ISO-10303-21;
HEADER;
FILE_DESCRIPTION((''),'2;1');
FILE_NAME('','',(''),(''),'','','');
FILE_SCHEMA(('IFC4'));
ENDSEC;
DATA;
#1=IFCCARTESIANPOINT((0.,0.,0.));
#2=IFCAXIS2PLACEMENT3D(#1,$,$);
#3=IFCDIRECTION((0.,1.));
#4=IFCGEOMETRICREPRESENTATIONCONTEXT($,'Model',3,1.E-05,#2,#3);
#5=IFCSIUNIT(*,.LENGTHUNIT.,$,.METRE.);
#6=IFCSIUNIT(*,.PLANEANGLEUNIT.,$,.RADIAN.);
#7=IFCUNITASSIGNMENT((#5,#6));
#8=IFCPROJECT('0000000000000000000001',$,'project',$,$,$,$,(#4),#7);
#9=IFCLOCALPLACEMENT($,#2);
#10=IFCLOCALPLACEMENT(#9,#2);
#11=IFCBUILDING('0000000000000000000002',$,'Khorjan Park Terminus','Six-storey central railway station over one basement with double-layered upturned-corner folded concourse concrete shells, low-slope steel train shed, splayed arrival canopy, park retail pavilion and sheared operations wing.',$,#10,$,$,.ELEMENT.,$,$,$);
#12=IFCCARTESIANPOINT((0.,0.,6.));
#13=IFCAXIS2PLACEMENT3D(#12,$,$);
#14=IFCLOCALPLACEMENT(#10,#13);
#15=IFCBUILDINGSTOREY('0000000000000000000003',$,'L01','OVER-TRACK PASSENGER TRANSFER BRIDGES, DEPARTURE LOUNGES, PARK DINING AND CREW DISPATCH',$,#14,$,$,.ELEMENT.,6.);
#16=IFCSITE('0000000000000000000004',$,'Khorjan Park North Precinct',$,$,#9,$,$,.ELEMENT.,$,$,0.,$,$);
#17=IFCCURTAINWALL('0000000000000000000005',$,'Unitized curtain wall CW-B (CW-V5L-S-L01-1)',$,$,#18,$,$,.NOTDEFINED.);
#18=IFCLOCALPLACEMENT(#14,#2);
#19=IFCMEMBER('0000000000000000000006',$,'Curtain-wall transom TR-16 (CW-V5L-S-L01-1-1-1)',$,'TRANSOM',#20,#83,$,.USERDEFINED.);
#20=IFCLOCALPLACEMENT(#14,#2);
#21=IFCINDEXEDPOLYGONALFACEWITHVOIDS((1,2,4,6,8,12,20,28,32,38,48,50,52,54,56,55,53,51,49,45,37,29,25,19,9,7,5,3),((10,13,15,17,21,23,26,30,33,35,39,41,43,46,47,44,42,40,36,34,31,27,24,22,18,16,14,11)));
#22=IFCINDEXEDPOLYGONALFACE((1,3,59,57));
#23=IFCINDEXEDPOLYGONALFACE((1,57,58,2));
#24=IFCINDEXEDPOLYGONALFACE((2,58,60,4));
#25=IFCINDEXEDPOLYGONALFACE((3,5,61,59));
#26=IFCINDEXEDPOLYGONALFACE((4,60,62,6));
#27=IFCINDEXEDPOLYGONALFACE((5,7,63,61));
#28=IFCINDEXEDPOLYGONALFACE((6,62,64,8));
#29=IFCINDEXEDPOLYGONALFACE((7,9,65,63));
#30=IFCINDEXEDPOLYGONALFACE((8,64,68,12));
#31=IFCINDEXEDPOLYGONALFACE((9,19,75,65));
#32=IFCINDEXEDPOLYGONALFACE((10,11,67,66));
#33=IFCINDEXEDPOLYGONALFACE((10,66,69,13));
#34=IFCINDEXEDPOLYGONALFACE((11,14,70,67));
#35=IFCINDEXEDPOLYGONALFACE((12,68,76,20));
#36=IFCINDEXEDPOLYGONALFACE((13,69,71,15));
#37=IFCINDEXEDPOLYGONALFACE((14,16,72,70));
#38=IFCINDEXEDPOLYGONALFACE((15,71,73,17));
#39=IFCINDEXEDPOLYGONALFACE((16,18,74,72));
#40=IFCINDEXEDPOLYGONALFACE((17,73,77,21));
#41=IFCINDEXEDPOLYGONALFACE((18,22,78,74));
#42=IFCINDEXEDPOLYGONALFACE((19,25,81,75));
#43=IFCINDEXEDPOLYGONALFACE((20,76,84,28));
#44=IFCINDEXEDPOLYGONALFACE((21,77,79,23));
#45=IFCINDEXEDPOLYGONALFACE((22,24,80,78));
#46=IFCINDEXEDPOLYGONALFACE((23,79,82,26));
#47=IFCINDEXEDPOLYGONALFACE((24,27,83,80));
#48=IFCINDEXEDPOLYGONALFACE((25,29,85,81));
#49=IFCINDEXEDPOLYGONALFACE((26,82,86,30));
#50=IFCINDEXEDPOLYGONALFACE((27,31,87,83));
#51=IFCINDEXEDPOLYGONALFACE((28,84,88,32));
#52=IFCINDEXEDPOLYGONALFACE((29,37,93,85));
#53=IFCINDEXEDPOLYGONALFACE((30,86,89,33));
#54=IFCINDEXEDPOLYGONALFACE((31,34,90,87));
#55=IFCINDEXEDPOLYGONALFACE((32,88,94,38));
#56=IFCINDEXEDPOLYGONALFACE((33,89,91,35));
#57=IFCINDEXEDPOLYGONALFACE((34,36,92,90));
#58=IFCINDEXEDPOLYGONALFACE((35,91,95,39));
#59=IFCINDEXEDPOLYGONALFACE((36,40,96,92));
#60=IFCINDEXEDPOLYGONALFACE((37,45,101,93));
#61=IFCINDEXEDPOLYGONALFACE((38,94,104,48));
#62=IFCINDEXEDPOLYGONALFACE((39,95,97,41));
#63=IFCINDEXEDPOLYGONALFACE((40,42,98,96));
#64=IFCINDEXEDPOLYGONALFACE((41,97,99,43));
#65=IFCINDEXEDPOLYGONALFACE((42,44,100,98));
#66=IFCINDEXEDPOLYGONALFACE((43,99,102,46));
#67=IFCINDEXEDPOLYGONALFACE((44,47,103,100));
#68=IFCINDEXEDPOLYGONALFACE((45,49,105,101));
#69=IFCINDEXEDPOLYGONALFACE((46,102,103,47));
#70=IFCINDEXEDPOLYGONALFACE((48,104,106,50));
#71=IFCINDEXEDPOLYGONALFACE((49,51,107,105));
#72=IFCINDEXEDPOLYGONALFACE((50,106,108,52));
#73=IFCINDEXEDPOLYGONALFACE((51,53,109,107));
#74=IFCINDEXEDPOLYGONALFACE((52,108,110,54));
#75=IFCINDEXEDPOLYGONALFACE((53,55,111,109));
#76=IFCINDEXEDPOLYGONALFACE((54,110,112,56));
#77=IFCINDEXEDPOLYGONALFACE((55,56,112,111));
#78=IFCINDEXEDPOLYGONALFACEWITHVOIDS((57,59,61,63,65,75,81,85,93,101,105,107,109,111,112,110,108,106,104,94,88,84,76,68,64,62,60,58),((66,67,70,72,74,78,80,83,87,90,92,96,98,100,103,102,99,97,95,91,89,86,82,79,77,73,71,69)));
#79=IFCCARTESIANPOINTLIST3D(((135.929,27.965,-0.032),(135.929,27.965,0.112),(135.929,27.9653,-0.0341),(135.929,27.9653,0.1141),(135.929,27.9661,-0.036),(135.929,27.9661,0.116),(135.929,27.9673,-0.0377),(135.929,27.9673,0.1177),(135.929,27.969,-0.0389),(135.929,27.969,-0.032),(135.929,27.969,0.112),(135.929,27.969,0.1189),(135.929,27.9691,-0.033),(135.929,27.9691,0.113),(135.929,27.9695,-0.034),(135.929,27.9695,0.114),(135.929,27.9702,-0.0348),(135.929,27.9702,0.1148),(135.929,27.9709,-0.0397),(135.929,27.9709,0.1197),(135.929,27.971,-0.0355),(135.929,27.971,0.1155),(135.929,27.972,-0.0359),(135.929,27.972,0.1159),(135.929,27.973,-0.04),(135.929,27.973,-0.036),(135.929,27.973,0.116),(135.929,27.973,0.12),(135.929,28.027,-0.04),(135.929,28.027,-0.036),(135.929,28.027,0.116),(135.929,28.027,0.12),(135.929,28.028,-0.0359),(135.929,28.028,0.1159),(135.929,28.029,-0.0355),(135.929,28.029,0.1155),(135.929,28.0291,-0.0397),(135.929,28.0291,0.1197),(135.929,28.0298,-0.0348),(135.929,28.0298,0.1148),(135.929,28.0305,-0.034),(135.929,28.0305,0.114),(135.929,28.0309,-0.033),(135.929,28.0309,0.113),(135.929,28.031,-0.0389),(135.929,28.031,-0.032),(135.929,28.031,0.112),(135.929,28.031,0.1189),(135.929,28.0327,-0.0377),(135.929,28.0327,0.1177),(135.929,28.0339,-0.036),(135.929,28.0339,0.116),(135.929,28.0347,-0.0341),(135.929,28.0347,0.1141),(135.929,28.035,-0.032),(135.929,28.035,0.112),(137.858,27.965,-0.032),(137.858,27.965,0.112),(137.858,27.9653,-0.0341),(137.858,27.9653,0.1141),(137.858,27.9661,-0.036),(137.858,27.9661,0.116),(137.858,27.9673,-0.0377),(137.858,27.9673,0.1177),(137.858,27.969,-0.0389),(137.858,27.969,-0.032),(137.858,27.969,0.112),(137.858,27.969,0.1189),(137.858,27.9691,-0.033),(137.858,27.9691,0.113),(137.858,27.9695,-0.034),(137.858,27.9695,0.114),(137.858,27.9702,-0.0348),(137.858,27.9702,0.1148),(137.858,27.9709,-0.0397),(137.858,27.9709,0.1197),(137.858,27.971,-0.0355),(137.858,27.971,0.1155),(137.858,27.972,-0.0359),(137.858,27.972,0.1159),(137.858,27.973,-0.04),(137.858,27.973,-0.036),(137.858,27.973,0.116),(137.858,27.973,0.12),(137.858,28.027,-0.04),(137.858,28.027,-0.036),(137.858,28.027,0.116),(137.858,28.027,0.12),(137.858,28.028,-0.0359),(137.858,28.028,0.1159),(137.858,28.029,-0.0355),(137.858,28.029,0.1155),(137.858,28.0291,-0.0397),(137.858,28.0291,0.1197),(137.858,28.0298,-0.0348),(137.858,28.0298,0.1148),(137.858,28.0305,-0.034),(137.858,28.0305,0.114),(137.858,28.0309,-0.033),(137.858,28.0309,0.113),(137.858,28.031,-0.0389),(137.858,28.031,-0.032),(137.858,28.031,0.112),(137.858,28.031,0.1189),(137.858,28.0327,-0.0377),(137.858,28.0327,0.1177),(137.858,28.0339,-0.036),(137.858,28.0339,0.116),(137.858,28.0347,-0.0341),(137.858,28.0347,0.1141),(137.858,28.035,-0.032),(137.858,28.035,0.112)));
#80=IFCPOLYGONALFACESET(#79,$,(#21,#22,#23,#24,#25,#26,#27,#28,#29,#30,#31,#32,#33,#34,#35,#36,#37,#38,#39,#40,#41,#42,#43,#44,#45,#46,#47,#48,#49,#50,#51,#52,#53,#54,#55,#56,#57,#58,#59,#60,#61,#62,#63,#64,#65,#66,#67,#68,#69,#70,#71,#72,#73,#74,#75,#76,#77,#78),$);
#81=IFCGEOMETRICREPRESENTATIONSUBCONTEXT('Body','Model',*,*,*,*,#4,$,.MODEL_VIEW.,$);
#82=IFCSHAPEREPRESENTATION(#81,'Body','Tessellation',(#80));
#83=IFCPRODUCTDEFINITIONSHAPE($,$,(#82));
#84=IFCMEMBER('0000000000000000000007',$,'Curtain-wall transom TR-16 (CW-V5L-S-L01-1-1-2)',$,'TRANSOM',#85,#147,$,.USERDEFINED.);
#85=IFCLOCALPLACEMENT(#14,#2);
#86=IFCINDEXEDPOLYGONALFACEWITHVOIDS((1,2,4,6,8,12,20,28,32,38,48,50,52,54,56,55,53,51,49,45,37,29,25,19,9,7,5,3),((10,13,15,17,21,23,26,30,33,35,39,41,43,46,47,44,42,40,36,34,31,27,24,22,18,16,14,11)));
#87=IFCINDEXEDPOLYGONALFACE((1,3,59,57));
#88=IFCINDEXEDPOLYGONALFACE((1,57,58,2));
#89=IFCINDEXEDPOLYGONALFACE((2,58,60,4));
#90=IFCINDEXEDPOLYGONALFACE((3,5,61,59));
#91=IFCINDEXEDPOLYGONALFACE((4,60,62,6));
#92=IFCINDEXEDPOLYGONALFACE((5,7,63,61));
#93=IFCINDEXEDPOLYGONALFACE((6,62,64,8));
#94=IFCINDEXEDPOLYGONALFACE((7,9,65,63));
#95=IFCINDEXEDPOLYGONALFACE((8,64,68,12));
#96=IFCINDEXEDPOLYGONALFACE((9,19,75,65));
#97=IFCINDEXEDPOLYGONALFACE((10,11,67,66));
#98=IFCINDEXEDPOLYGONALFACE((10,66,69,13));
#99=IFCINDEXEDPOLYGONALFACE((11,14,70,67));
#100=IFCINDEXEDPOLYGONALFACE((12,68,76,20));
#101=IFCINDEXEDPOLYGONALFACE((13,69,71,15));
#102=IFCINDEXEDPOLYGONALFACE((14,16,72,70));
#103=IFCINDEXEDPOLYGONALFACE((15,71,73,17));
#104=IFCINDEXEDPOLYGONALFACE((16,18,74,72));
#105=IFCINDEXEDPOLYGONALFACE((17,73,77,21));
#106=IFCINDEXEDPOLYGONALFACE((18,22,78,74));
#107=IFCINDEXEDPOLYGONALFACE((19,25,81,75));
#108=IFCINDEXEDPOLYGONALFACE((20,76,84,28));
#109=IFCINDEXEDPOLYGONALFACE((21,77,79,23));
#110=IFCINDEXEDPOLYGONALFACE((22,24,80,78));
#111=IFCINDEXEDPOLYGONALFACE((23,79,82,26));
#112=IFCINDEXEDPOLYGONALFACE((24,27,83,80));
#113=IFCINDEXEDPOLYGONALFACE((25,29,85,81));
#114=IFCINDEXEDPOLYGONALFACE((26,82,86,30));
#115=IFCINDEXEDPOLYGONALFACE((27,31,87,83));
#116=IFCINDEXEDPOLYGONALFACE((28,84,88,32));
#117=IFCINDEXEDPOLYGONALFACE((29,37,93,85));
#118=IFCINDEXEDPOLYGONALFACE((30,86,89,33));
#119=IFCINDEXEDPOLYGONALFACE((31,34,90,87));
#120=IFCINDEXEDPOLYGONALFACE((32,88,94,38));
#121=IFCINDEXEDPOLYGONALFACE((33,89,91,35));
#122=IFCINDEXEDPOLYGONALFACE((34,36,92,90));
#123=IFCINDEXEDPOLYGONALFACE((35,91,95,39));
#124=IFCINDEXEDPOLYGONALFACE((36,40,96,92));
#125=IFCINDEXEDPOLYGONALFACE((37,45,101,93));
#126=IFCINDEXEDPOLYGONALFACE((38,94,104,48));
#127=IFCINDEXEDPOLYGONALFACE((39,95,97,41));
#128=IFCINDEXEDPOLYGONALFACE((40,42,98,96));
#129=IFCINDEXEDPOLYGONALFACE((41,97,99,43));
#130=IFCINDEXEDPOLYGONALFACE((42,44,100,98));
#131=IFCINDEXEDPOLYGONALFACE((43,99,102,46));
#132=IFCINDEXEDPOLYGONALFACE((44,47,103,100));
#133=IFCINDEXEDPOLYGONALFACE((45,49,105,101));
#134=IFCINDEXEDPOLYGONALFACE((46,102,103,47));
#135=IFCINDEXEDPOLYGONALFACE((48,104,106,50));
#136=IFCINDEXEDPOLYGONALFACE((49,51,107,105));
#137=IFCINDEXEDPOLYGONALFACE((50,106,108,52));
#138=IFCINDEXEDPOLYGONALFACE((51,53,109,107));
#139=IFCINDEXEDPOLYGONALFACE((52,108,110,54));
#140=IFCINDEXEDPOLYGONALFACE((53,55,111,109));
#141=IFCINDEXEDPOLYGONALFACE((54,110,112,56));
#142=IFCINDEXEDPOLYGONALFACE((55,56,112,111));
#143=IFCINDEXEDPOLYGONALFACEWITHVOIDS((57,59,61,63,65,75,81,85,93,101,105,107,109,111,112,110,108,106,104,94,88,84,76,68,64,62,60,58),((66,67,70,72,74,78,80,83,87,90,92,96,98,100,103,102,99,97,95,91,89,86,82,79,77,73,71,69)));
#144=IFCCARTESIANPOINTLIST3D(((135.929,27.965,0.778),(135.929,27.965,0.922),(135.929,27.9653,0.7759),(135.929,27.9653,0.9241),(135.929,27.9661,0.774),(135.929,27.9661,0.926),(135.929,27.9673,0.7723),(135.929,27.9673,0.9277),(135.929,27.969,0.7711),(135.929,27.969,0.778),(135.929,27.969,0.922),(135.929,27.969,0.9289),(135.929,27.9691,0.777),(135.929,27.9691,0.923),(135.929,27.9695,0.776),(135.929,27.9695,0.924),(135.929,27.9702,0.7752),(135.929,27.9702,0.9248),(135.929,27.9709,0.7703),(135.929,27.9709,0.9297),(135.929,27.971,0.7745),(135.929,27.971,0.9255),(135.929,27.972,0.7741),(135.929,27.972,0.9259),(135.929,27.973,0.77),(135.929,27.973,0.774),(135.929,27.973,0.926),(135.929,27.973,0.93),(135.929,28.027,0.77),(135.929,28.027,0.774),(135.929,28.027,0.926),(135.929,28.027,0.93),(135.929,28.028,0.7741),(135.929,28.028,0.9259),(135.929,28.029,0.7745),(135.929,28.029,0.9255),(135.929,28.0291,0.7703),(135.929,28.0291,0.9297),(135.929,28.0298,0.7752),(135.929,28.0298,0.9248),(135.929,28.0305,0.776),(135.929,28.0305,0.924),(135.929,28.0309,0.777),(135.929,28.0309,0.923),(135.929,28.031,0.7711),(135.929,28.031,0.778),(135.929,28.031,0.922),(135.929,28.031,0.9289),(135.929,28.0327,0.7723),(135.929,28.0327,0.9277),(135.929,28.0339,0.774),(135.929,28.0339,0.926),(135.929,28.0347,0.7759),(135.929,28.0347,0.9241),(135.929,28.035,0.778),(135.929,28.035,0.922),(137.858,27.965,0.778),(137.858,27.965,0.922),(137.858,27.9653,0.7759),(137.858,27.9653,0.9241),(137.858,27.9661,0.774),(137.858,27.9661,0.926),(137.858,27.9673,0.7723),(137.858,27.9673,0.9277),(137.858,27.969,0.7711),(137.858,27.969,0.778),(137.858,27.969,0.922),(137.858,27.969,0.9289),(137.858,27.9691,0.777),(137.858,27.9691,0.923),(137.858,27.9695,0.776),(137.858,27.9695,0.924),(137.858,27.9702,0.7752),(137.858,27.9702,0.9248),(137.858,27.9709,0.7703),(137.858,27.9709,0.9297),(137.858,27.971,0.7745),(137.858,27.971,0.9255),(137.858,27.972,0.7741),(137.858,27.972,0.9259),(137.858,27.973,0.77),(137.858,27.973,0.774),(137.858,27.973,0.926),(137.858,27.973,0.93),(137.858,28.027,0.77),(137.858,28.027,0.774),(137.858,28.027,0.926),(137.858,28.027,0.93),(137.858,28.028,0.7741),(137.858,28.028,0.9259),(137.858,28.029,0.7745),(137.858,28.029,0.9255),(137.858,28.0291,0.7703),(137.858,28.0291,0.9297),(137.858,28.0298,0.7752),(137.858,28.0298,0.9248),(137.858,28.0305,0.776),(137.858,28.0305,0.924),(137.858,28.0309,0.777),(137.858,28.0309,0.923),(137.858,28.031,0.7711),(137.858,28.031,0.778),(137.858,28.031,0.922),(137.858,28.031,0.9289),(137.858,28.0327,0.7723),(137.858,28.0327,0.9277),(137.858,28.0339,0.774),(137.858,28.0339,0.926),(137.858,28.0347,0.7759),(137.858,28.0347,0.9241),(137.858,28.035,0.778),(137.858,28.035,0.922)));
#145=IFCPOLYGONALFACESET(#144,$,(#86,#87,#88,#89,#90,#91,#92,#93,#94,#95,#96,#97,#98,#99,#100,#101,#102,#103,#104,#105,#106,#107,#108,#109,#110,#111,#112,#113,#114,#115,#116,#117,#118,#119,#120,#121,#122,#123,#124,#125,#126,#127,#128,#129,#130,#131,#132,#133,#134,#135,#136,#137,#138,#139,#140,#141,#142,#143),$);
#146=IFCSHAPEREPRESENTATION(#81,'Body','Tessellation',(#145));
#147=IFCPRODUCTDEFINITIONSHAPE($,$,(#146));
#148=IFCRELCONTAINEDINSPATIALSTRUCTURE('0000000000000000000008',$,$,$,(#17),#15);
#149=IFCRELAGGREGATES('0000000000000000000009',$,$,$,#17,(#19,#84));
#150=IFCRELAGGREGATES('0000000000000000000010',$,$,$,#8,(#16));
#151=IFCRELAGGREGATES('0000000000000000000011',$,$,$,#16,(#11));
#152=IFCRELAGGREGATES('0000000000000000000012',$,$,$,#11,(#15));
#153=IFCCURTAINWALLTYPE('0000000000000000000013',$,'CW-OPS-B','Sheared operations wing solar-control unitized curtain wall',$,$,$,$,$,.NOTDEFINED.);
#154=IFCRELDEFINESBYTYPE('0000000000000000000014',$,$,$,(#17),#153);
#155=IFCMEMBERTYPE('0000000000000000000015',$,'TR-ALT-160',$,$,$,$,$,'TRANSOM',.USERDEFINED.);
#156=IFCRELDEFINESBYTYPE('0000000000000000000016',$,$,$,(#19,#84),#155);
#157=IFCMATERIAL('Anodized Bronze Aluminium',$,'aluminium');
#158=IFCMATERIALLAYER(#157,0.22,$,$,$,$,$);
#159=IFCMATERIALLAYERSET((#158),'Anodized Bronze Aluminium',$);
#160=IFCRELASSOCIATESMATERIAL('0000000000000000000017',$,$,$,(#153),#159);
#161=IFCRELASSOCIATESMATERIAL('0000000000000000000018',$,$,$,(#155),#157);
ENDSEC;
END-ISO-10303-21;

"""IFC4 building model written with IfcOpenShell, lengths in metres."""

from ifc_helpers import new_model, si_unit, direction, frame, origin, origin_2d, place, context, subcontext, project, spatial, hollow_rectangle, extrude, material, layer, layer_set, material_profile, profile_set, type_object, element, aggregate, save


model = new_model("IFC4")

# Units and contexts
model_context = context("Model", 3, precision=1e-05, world=origin(), true_north=direction((0.0, 1.0)))
body_context = subcontext(model_context, "Body", "Model", "MODEL_VIEW")
ifc_project = project(units=[si_unit("LENGTHUNIT", "METRE"), si_unit("PLANEANGLEUNIT", "RADIAN")], contexts=[model_context])

# Site, building, storey
site_placement = place(None, origin())
site = spatial("IfcSite", under=ifc_project, at=site_placement, Name="Khorjan Park North Precinct", CompositionType="ELEMENT", RefElevation=0.0)
building_placement = place(site_placement, origin())
building = spatial("IfcBuilding", under=site, at=building_placement, Name="Khorjan Park Terminus", Description="Six-storey central railway station over one basement with double-layered upturned-corner folded concourse concrete shells, low-slope steel train shed, splayed arrival canopy, park retail pavilion and sheared operations wing.", CompositionType="ELEMENT")
storey_placement = place(building_placement, frame((0.0, 0.0, 6.0)))
storey = spatial("IfcBuildingStorey", under=building, at=storey_placement, Name="L01", Description="OVER-TRACK PASSENGER TRANSFER BRIDGES, DEPARTURE LOUNGES, PARK DINING AND CREW DISPATCH", CompositionType="ELEMENT", Elevation=6.0)

# Curtain wall
ifc_material_1 = material(Name="Anodized Bronze Aluminium", Category="aluminium")
ifc_layer_1 = layer(ifc_material_1, 0.22)
ifc_layer_set_1 = layer_set([ifc_layer_1], Name="Anodized Bronze Aluminium")
curtain_wall_type = type_object("IfcCurtainWallType", Name="CW-OPS-B", Description="Sheared operations wing solar-control unitized curtain wall", PredefinedType="NOTDEFINED", material=ifc_layer_set_1)
curtain_wall_placement = place(storey_placement, origin())
curtain_wall = element("IfcCurtainWall", 1, at=curtain_wall_placement, inside=storey, type_object=curtain_wall_type, Name="Unitized curtain wall CW-B (CW-V5L-S-L01-1)", PredefinedType="NOTDEFINED")

# Members
ifc_material_profile_1 = material_profile(ifc_material_1, hollow_rectangle(XDim=0.07, YDim=0.16, WallThickness=0.004, InnerFilletRadius=0.004, OuterFilletRadius=0.008, at=origin_2d()), Name="ALT 70x160x4")
ifc_profile_set_1 = profile_set([ifc_material_profile_1], Name="Anodized Bronze Aluminium")
member_type_1 = type_object("IfcMemberType", Name="TR-ALT-160", ElementType="TRANSOM", PredefinedType="USERDEFINED", material=ifc_profile_set_1)
member_1_placement = place(storey_placement, frame((135.929, 28.0, 0.04), z_axis=(1.0, 0.0, 0.0), x_axis=(0.0, 1.0, 0.0)))
member_1 = element("IfcMember", 2, at=member_1_placement, type_object=member_type_1, Name="Curtain-wall transom TR-16 (CW-V5L-S-L01-1-1-1)", ObjectType="TRANSOM", PredefinedType="USERDEFINED", context=body_context, shape_type="SweptSolid", body=[
    extrude(hollow_rectangle(XDim=0.07, YDim=0.16, WallThickness=0.004, InnerFilletRadius=0.004, OuterFilletRadius=0.008, at=origin_2d()), origin(), (0.0, 0.0, 1.0), 1.929),
])
member_2_placement = place(storey_placement, frame((135.929, 28.0, 0.85), z_axis=(1.0, 0.0, 0.0), x_axis=(0.0, 1.0, 0.0)))
member_2 = element("IfcMember", 3, at=member_2_placement, type_object=member_type_1, Name="Curtain-wall transom TR-16 (CW-V5L-S-L01-1-1-2)", ObjectType="TRANSOM", PredefinedType="USERDEFINED", context=body_context, shape_type="SweptSolid", body=[
    extrude(hollow_rectangle(XDim=0.07, YDim=0.16, WallThickness=0.004, InnerFilletRadius=0.004, OuterFilletRadius=0.008, at=origin_2d()), origin(), (0.0, 0.0, 1.0), 1.929),
])

aggregate(curtain_wall, [member_1, member_2])

save(model, "model.ifc")
